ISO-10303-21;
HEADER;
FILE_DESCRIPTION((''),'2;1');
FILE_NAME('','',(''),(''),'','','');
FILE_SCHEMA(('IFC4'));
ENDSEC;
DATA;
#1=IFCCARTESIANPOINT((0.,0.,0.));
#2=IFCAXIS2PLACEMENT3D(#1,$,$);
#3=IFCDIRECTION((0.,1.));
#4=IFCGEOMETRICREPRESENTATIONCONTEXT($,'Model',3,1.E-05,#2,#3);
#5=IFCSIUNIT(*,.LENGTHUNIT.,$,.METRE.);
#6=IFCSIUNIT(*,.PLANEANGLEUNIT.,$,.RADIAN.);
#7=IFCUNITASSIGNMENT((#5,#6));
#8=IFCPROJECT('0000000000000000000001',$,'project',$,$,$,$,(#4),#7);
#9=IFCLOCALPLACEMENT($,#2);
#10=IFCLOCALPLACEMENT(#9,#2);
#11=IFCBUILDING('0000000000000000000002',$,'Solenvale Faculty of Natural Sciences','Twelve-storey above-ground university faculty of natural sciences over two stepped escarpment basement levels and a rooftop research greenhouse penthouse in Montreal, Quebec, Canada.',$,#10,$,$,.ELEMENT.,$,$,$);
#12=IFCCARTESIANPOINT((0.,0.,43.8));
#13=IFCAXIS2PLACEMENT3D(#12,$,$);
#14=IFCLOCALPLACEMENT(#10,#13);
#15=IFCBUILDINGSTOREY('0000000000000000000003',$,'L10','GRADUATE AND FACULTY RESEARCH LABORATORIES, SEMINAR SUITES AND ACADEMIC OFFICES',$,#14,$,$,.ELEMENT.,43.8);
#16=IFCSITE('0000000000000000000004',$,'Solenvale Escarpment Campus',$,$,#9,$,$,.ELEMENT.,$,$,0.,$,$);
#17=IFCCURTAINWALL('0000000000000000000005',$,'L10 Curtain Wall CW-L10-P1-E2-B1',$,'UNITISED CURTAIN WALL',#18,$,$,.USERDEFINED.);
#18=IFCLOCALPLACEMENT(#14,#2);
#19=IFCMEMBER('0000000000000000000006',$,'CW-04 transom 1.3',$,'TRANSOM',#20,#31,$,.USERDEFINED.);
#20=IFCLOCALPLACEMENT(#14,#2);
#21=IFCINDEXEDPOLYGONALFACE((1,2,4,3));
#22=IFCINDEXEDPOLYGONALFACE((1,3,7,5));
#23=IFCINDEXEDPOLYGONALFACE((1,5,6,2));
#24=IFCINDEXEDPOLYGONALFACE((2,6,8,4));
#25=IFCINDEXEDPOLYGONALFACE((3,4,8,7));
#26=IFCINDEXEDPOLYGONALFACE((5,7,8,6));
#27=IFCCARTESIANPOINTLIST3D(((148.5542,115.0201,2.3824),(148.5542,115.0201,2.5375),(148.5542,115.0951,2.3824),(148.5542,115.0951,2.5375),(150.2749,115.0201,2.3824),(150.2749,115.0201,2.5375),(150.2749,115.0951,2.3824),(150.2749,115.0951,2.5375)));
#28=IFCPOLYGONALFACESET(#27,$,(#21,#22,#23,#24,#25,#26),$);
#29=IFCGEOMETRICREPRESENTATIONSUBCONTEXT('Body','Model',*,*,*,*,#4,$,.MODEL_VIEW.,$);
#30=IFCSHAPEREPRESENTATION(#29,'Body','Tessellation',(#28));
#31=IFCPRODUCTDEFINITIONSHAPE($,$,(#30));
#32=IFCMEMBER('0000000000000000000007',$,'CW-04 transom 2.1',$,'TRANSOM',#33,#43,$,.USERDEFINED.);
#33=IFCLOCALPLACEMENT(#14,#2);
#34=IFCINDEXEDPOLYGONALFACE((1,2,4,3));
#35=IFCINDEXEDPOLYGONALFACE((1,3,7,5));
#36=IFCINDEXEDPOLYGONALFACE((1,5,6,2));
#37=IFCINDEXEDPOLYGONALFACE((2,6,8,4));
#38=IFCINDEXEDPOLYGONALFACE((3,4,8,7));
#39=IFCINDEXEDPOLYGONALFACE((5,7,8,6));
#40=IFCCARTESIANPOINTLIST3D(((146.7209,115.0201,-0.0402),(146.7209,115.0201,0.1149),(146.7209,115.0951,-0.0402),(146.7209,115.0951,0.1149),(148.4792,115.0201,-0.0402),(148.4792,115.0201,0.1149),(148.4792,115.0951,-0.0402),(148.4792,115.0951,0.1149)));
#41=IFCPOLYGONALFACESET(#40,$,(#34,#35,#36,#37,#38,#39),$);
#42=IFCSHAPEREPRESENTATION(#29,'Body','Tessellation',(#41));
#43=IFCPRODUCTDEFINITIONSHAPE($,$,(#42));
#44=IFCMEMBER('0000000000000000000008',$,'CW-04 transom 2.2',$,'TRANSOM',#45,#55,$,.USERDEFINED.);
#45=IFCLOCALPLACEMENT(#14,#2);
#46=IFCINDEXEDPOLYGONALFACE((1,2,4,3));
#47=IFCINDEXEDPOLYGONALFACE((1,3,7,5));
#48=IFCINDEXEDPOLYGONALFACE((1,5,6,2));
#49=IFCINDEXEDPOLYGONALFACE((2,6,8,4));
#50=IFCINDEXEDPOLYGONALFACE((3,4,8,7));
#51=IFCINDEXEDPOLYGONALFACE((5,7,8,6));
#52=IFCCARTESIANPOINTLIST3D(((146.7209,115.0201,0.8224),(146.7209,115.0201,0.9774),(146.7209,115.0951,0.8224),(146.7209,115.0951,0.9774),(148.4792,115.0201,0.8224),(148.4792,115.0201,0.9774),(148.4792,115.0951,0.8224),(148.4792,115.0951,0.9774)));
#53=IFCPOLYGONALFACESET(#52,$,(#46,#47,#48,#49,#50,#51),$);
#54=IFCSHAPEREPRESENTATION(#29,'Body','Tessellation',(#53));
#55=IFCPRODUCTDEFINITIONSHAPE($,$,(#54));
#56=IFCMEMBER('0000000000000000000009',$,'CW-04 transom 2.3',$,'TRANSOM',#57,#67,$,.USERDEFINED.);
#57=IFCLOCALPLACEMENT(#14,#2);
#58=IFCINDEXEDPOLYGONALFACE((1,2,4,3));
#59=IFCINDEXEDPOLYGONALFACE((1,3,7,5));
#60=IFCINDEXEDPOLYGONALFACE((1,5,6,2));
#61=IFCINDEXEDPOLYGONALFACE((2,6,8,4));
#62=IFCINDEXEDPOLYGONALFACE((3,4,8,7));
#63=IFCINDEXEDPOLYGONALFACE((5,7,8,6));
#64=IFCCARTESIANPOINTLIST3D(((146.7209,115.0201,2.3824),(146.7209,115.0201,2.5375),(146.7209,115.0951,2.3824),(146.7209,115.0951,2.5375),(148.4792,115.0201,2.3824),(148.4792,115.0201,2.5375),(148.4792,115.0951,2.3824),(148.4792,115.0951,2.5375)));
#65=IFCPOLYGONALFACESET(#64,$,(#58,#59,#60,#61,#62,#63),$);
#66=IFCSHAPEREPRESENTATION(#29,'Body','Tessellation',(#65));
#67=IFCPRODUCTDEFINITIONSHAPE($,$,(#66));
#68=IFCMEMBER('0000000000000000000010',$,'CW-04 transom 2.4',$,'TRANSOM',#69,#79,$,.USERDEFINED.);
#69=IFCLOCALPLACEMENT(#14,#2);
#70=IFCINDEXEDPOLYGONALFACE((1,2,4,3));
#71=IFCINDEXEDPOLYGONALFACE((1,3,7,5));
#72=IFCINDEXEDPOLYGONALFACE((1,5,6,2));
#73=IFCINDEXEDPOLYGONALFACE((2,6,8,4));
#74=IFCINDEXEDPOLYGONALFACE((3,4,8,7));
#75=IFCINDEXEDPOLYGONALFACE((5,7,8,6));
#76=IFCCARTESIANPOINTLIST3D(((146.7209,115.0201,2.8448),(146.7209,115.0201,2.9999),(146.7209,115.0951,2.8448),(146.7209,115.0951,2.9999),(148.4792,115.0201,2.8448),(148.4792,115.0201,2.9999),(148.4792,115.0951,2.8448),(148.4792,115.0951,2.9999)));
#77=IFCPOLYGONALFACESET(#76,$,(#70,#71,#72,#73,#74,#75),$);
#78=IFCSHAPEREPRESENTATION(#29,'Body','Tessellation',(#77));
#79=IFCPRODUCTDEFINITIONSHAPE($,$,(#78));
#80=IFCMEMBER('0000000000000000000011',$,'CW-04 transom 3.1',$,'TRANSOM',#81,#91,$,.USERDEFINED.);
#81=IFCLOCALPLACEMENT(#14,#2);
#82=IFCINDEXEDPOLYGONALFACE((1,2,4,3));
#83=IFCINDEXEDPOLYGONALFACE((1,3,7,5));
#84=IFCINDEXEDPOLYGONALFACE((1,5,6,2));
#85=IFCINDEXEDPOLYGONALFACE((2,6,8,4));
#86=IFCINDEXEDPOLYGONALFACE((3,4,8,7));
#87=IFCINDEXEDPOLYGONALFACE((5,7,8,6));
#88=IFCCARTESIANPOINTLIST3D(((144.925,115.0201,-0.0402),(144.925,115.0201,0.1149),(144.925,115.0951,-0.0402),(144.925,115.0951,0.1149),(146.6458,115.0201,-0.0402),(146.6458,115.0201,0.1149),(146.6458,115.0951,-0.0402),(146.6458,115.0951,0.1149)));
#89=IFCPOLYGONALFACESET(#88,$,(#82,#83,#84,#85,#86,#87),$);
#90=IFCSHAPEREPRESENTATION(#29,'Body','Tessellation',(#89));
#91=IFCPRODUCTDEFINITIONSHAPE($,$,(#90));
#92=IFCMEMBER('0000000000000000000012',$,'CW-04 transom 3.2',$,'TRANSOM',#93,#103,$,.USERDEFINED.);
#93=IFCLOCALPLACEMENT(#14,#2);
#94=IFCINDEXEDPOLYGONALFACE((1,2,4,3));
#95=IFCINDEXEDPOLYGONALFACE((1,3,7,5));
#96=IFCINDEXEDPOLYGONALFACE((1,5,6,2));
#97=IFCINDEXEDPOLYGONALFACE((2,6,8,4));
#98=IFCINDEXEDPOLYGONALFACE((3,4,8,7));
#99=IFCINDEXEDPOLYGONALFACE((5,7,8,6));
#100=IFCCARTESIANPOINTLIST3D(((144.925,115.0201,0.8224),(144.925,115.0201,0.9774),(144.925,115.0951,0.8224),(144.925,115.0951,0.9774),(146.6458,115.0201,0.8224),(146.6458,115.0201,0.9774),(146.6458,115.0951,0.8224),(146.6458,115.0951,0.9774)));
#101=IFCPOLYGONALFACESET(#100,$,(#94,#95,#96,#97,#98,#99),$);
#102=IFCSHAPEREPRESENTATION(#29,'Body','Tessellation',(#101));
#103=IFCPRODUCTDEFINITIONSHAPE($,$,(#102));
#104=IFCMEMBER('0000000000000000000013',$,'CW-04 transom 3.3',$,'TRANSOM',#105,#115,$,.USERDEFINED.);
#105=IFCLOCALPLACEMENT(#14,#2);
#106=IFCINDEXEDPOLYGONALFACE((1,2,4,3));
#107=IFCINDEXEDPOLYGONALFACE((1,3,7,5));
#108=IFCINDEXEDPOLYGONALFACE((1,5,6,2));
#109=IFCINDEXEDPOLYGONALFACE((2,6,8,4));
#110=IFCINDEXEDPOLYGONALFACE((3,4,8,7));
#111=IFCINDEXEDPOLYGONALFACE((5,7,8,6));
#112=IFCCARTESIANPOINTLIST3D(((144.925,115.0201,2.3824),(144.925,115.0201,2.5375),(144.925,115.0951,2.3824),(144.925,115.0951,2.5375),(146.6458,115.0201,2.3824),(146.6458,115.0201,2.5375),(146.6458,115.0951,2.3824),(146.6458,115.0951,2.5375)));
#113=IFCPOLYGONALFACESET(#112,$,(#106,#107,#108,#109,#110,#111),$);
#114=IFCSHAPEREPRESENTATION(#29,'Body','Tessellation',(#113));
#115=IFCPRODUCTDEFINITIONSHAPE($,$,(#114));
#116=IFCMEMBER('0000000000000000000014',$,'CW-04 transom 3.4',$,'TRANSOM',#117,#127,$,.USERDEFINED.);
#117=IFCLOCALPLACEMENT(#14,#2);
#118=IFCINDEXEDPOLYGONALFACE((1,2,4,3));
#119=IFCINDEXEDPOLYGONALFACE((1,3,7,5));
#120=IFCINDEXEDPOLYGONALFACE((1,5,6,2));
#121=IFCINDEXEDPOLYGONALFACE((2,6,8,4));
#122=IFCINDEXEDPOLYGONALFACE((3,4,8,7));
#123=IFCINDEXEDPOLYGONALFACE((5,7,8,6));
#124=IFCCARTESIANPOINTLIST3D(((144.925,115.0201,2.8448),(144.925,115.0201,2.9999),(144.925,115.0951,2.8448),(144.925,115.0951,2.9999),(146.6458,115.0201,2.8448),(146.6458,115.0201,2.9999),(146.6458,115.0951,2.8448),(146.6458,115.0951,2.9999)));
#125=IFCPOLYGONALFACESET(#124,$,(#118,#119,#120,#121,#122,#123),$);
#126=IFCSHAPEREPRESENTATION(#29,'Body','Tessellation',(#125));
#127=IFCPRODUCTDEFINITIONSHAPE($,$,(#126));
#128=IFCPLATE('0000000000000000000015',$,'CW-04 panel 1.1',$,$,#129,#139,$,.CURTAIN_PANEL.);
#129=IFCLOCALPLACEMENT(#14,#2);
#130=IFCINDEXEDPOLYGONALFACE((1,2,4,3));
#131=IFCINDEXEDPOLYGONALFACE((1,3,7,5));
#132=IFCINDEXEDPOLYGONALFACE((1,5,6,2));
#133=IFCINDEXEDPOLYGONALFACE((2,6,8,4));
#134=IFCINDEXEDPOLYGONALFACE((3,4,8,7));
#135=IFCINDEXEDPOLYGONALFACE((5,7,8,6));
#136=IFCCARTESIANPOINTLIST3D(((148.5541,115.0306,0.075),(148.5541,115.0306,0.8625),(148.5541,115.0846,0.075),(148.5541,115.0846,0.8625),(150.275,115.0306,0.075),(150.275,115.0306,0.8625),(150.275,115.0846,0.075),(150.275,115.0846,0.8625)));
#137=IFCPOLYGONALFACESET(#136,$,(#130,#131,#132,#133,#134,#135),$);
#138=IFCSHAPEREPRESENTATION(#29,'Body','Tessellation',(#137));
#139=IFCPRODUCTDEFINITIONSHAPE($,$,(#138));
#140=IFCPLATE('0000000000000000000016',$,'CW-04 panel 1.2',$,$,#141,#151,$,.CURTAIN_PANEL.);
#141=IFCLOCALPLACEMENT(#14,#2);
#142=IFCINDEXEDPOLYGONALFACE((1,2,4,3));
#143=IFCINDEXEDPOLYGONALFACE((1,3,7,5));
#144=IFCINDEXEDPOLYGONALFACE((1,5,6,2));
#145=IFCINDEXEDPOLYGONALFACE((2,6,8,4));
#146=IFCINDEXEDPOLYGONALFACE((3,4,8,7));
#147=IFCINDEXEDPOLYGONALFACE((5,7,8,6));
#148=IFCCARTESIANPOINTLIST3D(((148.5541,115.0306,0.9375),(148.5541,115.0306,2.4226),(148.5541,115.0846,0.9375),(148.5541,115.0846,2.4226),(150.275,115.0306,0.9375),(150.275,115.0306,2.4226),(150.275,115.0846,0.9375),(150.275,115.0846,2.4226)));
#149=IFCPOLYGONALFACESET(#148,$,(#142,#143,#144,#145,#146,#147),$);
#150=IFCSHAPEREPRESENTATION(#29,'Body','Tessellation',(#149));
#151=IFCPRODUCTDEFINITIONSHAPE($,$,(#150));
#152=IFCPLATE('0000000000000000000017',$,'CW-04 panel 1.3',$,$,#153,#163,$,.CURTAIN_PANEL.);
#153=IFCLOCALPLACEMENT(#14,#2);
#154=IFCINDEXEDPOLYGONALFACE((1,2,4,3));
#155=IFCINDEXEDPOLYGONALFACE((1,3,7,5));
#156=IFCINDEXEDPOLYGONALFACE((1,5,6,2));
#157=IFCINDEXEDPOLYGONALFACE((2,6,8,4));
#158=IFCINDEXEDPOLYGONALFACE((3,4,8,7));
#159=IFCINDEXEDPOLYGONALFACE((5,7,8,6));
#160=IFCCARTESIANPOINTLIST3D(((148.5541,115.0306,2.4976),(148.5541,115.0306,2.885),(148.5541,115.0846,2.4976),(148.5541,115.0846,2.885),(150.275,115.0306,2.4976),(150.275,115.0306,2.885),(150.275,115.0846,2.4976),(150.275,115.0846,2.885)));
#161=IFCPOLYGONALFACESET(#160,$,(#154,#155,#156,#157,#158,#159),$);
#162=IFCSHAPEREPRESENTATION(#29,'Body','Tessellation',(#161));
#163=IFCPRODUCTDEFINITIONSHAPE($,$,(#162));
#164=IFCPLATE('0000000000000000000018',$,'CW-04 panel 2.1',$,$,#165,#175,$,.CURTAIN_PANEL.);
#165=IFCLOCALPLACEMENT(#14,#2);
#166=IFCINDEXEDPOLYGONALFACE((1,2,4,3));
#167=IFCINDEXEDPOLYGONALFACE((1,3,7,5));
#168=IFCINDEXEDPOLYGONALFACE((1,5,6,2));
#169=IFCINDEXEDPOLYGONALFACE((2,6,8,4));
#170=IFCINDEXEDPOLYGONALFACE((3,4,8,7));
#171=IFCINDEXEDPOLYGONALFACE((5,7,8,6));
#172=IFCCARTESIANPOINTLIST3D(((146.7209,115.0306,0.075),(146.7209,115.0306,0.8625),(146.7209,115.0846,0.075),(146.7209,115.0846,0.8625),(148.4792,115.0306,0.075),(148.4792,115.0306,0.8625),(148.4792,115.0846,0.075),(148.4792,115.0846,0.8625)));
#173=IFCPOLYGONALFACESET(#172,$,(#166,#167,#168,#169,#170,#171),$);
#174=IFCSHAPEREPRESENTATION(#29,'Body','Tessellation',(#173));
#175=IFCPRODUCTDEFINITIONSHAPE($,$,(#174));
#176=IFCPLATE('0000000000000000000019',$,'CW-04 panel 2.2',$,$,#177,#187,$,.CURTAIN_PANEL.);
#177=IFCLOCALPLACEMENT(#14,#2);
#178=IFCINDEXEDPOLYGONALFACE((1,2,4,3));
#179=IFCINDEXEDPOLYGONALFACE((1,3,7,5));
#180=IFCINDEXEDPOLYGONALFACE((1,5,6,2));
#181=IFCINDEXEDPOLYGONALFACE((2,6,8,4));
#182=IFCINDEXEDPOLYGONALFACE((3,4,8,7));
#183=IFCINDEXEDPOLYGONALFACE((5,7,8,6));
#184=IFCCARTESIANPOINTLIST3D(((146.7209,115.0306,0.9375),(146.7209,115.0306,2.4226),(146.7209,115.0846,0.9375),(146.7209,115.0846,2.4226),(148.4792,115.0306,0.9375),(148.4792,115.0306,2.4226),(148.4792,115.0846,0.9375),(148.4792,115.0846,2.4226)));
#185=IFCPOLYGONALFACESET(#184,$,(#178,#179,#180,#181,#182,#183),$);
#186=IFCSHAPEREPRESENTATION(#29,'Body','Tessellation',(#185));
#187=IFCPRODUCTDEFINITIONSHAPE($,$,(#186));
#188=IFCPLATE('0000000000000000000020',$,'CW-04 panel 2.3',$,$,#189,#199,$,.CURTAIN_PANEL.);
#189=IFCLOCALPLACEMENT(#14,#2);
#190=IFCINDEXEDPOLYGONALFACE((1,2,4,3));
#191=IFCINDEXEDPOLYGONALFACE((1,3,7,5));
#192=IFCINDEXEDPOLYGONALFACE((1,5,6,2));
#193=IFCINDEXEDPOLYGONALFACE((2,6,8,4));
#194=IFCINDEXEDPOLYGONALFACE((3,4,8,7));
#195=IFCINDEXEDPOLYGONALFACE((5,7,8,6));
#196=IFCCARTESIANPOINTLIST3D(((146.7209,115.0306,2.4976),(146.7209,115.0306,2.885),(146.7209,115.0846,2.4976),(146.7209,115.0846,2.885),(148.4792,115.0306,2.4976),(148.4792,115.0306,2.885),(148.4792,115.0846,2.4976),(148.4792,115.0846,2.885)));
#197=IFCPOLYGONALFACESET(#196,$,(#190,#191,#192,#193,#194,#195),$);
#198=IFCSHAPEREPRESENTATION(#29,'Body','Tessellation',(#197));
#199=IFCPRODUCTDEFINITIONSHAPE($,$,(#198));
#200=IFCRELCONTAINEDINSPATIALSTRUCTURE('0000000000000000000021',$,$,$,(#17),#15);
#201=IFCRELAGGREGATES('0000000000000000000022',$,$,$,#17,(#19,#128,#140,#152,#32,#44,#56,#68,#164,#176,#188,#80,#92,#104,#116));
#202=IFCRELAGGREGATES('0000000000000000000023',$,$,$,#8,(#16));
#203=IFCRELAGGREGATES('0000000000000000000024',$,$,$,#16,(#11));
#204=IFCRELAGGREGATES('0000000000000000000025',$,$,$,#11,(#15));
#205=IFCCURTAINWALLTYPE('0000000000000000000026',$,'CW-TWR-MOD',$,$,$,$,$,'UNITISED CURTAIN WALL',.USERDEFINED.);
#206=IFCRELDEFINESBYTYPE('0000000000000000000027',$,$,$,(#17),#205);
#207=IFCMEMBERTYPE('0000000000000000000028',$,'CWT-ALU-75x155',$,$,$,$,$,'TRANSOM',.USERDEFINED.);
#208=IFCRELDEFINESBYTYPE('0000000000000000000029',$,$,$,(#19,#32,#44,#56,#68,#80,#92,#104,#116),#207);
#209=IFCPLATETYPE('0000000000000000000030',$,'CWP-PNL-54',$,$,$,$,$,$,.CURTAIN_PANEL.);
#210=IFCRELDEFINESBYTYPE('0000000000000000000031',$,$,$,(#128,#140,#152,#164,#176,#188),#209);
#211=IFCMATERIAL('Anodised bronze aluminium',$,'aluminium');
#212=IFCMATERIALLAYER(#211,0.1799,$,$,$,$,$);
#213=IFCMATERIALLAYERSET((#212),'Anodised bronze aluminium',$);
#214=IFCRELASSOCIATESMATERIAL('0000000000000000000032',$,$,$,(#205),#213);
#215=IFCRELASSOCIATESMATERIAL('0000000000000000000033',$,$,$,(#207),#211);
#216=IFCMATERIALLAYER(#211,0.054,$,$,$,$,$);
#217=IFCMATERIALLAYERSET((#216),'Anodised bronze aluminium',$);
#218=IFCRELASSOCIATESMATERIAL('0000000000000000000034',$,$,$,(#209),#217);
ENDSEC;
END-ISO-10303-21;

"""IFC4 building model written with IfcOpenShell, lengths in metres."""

from ifc_helpers import new_model, si_unit, direction, frame, origin, origin_2d, place, context, subcontext, project, spatial, rectangle, extrude, material, layer, layer_set, material_profile, profile_set, type_object, element, aggregate, save


model = new_model("IFC4")

# Units and contexts
model_context = context("Model", 3, precision=1e-05, world=origin(), true_north=direction((0.0, 1.0)))
body_context = subcontext(model_context, "Body", "Model", "MODEL_VIEW")
ifc_project = project(units=[si_unit("LENGTHUNIT", "METRE"), si_unit("PLANEANGLEUNIT", "RADIAN")], contexts=[model_context])

# Site, building, storey
site_placement = place(None, origin())
site = spatial("IfcSite", under=ifc_project, at=site_placement, Name="Solenvale Escarpment Campus", CompositionType="ELEMENT", RefElevation=0.0)
building_placement = place(site_placement, origin())
building = spatial("IfcBuilding", under=site, at=building_placement, Name="Solenvale Faculty of Natural Sciences", Description="Twelve-storey above-ground university faculty of natural sciences over two stepped escarpment basement levels and a rooftop research greenhouse penthouse in Montreal, Quebec, Canada.", CompositionType="ELEMENT")
storey_placement = place(building_placement, frame((0.0, 0.0, 43.8)))
storey = spatial("IfcBuildingStorey", under=building, at=storey_placement, Name="L10", Description="GRADUATE AND FACULTY RESEARCH LABORATORIES, SEMINAR SUITES AND ACADEMIC OFFICES", CompositionType="ELEMENT", Elevation=43.8)

# Curtain wall, members, plates
ifc_material_1 = material(Name="Anodised bronze aluminium", Category="aluminium")
ifc_layer_1 = layer(ifc_material_1, 0.1799)
ifc_layer_set_1 = layer_set([ifc_layer_1], Name="Anodised bronze aluminium")
curtain_wall_type = type_object("IfcCurtainWallType", Name="CW-TWR-MOD", ElementType="UNITISED CURTAIN WALL", PredefinedType="USERDEFINED", material=ifc_layer_set_1)
curtain_wall_placement = place(storey_placement, origin())
curtain_wall = element("IfcCurtainWall", 1, at=curtain_wall_placement, inside=storey, type_object=curtain_wall_type, Name="L10 Curtain Wall CW-L10-P1-E2-B1", ObjectType="UNITISED CURTAIN WALL", PredefinedType="USERDEFINED")
ifc_material_profile_1 = material_profile(ifc_material_1, rectangle(XDim=0.075, YDim=0.155, at=origin_2d()), Name="ALU-TRN-75x155")
ifc_profile_set_1 = profile_set([ifc_material_profile_1], Name="Anodised bronze aluminium")
member_type_1 = type_object("IfcMemberType", Name="CWT-ALU-75x155", ElementType="TRANSOM", PredefinedType="USERDEFINED", material=ifc_profile_set_1)
member_1_placement = place(storey_placement, frame((150.2749, 115.0576, 2.46), z_axis=(-1.0, 0.0, 0.0), x_axis=(0.0, -1.0, 0.0)))
member_1 = element("IfcMember", 2, at=member_1_placement, type_object=member_type_1, Name="CW-04 transom 1.3", ObjectType="TRANSOM", PredefinedType="USERDEFINED", context=body_context, shape_type="SweptSolid", body=[
    extrude(rectangle(XDim=0.075, YDim=0.155, at=origin_2d()), origin(), (0.0, 0.0, 1.0), 1.7207),
])
member_2_placement = place(storey_placement, frame((148.4792, 115.0576, 0.0374), z_axis=(-1.0, 0.0, 0.0), x_axis=(0.0, -1.0, 0.0)))
member_2 = element("IfcMember", 3, at=member_2_placement, type_object=member_type_1, Name="CW-04 transom 2.1", ObjectType="TRANSOM", PredefinedType="USERDEFINED", context=body_context, shape_type="SweptSolid", body=[
    extrude(rectangle(XDim=0.075, YDim=0.155, at=origin_2d()), origin(), (0.0, 0.0, 1.0), 1.7583),
])
member_3_placement = place(storey_placement, frame((148.4792, 115.0576, 0.8999), z_axis=(-1.0, 0.0, 0.0), x_axis=(0.0, -1.0, 0.0)))
member_3 = element("IfcMember", 4, at=member_3_placement, type_object=member_type_1, Name="CW-04 transom 2.2", ObjectType="TRANSOM", PredefinedType="USERDEFINED", context=body_context, shape_type="SweptSolid", body=[
    extrude(rectangle(XDim=0.075, YDim=0.155, at=origin_2d()), origin(), (0.0, 0.0, 1.0), 1.7583),
])
member_4_placement = place(storey_placement, frame((148.4792, 115.0576, 2.46), z_axis=(-1.0, 0.0, 0.0), x_axis=(0.0, -1.0, 0.0)))
member_4 = element("IfcMember", 5, at=member_4_placement, type_object=member_type_1, Name="CW-04 transom 2.3", ObjectType="TRANSOM", PredefinedType="USERDEFINED", context=body_context, shape_type="SweptSolid", body=[
    extrude(rectangle(XDim=0.075, YDim=0.155, at=origin_2d()), origin(), (0.0, 0.0, 1.0), 1.7583),
])
member_5_placement = place(storey_placement, frame((148.4792, 115.0576, 2.9224), z_axis=(-1.0, 0.0, 0.0), x_axis=(0.0, -1.0, 0.0)))
member_5 = element("IfcMember", 6, at=member_5_placement, type_object=member_type_1, Name="CW-04 transom 2.4", ObjectType="TRANSOM", PredefinedType="USERDEFINED", context=body_context, shape_type="SweptSolid", body=[
    extrude(rectangle(XDim=0.075, YDim=0.155, at=origin_2d()), origin(), (0.0, 0.0, 1.0), 1.7583),
])
member_6_placement = place(storey_placement, frame((146.6458, 115.0576, 0.0374), z_axis=(-1.0, 0.0, 0.0), x_axis=(0.0, -1.0, 0.0)))
member_6 = element("IfcMember", 7, at=member_6_placement, type_object=member_type_1, Name="CW-04 transom 3.1", ObjectType="TRANSOM", PredefinedType="USERDEFINED", context=body_context, shape_type="SweptSolid", body=[
    extrude(rectangle(XDim=0.075, YDim=0.155, at=origin_2d()), origin(), (0.0, 0.0, 1.0), 1.7207),
])
member_7_placement = place(storey_placement, frame((146.6458, 115.0576, 0.8999), z_axis=(-1.0, 0.0, 0.0), x_axis=(0.0, -1.0, 0.0)))
member_7 = element("IfcMember", 8, at=member_7_placement, type_object=member_type_1, Name="CW-04 transom 3.2", ObjectType="TRANSOM", PredefinedType="USERDEFINED", context=body_context, shape_type="SweptSolid", body=[
    extrude(rectangle(XDim=0.075, YDim=0.155, at=origin_2d()), origin(), (0.0, 0.0, 1.0), 1.7207),
])
member_8_placement = place(storey_placement, frame((146.6458, 115.0576, 2.46), z_axis=(-1.0, 0.0, 0.0), x_axis=(0.0, -1.0, 0.0)))
member_8 = element("IfcMember", 9, at=member_8_placement, type_object=member_type_1, Name="CW-04 transom 3.3", ObjectType="TRANSOM", PredefinedType="USERDEFINED", context=body_context, shape_type="SweptSolid", body=[
    extrude(rectangle(XDim=0.075, YDim=0.155, at=origin_2d()), origin(), (0.0, 0.0, 1.0), 1.7207),
])
member_9_placement = place(storey_placement, frame((146.6458, 115.0576, 2.9224), z_axis=(-1.0, 0.0, 0.0), x_axis=(0.0, -1.0, 0.0)))
member_9 = element("IfcMember", 10, at=member_9_placement, type_object=member_type_1, Name="CW-04 transom 3.4", ObjectType="TRANSOM", PredefinedType="USERDEFINED", context=body_context, shape_type="SweptSolid", body=[
    extrude(rectangle(XDim=0.075, YDim=0.155, at=origin_2d()), origin(), (0.0, 0.0, 1.0), 1.7207),
])
ifc_layer_2 = layer(ifc_material_1, 0.054)
ifc_layer_set_2 = layer_set([ifc_layer_2], Name="Anodised bronze aluminium")
plate_type = type_object("IfcPlateType", Name="CWP-PNL-54", PredefinedType="CURTAIN_PANEL", material=ifc_layer_set_2)
plate_1_placement = place(storey_placement, frame((149.4146, 115.0576, 0.075), z_axis=(0.0, 0.0, 1.0), x_axis=(-1.0, 0.0, 0.0)))
plate_1 = element("IfcPlate", 11, at=plate_1_placement, type_object=plate_type, Name="CW-04 panel 1.1", PredefinedType="CURTAIN_PANEL", context=body_context, shape_type="SweptSolid", body=[
    extrude(rectangle(XDim=1.7209, YDim=0.054, at=origin_2d()), origin(), (0.0, 0.0, 1.0), 0.7876),
])
plate_2_placement = place(storey_placement, frame((149.4146, 115.0576, 0.9375), z_axis=(0.0, 0.0, 1.0), x_axis=(-1.0, 0.0, 0.0)))
plate_2 = element("IfcPlate", 12, at=plate_2_placement, type_object=plate_type, Name="CW-04 panel 1.2", PredefinedType="CURTAIN_PANEL", context=body_context, shape_type="SweptSolid", body=[
    extrude(rectangle(XDim=1.7209, YDim=0.054, at=origin_2d()), origin(), (0.0, 0.0, 1.0), 1.4851),
])
plate_3_placement = place(storey_placement, frame((149.4146, 115.0576, 2.4976), z_axis=(0.0, 0.0, 1.0), x_axis=(-1.0, 0.0, 0.0)))
plate_3 = element("IfcPlate", 13, at=plate_3_placement, type_object=plate_type, Name="CW-04 panel 1.3", PredefinedType="CURTAIN_PANEL", context=body_context, shape_type="SweptSolid", body=[
    extrude(rectangle(XDim=1.7209, YDim=0.054, at=origin_2d()), origin(), (0.0, 0.0, 1.0), 0.3875),
])
plate_4_placement = place(storey_placement, frame((147.6001, 115.0576, 0.075), z_axis=(0.0, 0.0, 1.0), x_axis=(-1.0, 0.0, 0.0)))
plate_4 = element("IfcPlate", 14, at=plate_4_placement, type_object=plate_type, Name="CW-04 panel 2.1", PredefinedType="CURTAIN_PANEL", context=body_context, shape_type="SweptSolid", body=[
    extrude(rectangle(XDim=1.7583, YDim=0.054, at=origin_2d()), origin(), (0.0, 0.0, 1.0), 0.7876),
])
plate_5_placement = place(storey_placement, frame((147.6001, 115.0576, 0.9375), z_axis=(0.0, 0.0, 1.0), x_axis=(-1.0, 0.0, 0.0)))
plate_5 = element("IfcPlate", 15, at=plate_5_placement, type_object=plate_type, Name="CW-04 panel 2.2", PredefinedType="CURTAIN_PANEL", context=body_context, shape_type="SweptSolid", body=[
    extrude(rectangle(XDim=1.7583, YDim=0.054, at=origin_2d()), origin(), (0.0, 0.0, 1.0), 1.4851),
])
plate_6_placement = place(storey_placement, frame((147.6001, 115.0576, 2.4976), z_axis=(0.0, 0.0, 1.0), x_axis=(-1.0, 0.0, 0.0)))
plate_6 = element("IfcPlate", 16, at=plate_6_placement, type_object=plate_type, Name="CW-04 panel 2.3", PredefinedType="CURTAIN_PANEL", context=body_context, shape_type="SweptSolid", body=[
    extrude(rectangle(XDim=1.7583, YDim=0.054, at=origin_2d()), origin(), (0.0, 0.0, 1.0), 0.3875),
])
aggregate(curtain_wall, [member_1, plate_1, plate_2, plate_3, member_2, member_3, member_4, member_5, plate_4, plate_5, plate_6, member_6, member_7, member_8, member_9])

save(model, "model.ifc")
